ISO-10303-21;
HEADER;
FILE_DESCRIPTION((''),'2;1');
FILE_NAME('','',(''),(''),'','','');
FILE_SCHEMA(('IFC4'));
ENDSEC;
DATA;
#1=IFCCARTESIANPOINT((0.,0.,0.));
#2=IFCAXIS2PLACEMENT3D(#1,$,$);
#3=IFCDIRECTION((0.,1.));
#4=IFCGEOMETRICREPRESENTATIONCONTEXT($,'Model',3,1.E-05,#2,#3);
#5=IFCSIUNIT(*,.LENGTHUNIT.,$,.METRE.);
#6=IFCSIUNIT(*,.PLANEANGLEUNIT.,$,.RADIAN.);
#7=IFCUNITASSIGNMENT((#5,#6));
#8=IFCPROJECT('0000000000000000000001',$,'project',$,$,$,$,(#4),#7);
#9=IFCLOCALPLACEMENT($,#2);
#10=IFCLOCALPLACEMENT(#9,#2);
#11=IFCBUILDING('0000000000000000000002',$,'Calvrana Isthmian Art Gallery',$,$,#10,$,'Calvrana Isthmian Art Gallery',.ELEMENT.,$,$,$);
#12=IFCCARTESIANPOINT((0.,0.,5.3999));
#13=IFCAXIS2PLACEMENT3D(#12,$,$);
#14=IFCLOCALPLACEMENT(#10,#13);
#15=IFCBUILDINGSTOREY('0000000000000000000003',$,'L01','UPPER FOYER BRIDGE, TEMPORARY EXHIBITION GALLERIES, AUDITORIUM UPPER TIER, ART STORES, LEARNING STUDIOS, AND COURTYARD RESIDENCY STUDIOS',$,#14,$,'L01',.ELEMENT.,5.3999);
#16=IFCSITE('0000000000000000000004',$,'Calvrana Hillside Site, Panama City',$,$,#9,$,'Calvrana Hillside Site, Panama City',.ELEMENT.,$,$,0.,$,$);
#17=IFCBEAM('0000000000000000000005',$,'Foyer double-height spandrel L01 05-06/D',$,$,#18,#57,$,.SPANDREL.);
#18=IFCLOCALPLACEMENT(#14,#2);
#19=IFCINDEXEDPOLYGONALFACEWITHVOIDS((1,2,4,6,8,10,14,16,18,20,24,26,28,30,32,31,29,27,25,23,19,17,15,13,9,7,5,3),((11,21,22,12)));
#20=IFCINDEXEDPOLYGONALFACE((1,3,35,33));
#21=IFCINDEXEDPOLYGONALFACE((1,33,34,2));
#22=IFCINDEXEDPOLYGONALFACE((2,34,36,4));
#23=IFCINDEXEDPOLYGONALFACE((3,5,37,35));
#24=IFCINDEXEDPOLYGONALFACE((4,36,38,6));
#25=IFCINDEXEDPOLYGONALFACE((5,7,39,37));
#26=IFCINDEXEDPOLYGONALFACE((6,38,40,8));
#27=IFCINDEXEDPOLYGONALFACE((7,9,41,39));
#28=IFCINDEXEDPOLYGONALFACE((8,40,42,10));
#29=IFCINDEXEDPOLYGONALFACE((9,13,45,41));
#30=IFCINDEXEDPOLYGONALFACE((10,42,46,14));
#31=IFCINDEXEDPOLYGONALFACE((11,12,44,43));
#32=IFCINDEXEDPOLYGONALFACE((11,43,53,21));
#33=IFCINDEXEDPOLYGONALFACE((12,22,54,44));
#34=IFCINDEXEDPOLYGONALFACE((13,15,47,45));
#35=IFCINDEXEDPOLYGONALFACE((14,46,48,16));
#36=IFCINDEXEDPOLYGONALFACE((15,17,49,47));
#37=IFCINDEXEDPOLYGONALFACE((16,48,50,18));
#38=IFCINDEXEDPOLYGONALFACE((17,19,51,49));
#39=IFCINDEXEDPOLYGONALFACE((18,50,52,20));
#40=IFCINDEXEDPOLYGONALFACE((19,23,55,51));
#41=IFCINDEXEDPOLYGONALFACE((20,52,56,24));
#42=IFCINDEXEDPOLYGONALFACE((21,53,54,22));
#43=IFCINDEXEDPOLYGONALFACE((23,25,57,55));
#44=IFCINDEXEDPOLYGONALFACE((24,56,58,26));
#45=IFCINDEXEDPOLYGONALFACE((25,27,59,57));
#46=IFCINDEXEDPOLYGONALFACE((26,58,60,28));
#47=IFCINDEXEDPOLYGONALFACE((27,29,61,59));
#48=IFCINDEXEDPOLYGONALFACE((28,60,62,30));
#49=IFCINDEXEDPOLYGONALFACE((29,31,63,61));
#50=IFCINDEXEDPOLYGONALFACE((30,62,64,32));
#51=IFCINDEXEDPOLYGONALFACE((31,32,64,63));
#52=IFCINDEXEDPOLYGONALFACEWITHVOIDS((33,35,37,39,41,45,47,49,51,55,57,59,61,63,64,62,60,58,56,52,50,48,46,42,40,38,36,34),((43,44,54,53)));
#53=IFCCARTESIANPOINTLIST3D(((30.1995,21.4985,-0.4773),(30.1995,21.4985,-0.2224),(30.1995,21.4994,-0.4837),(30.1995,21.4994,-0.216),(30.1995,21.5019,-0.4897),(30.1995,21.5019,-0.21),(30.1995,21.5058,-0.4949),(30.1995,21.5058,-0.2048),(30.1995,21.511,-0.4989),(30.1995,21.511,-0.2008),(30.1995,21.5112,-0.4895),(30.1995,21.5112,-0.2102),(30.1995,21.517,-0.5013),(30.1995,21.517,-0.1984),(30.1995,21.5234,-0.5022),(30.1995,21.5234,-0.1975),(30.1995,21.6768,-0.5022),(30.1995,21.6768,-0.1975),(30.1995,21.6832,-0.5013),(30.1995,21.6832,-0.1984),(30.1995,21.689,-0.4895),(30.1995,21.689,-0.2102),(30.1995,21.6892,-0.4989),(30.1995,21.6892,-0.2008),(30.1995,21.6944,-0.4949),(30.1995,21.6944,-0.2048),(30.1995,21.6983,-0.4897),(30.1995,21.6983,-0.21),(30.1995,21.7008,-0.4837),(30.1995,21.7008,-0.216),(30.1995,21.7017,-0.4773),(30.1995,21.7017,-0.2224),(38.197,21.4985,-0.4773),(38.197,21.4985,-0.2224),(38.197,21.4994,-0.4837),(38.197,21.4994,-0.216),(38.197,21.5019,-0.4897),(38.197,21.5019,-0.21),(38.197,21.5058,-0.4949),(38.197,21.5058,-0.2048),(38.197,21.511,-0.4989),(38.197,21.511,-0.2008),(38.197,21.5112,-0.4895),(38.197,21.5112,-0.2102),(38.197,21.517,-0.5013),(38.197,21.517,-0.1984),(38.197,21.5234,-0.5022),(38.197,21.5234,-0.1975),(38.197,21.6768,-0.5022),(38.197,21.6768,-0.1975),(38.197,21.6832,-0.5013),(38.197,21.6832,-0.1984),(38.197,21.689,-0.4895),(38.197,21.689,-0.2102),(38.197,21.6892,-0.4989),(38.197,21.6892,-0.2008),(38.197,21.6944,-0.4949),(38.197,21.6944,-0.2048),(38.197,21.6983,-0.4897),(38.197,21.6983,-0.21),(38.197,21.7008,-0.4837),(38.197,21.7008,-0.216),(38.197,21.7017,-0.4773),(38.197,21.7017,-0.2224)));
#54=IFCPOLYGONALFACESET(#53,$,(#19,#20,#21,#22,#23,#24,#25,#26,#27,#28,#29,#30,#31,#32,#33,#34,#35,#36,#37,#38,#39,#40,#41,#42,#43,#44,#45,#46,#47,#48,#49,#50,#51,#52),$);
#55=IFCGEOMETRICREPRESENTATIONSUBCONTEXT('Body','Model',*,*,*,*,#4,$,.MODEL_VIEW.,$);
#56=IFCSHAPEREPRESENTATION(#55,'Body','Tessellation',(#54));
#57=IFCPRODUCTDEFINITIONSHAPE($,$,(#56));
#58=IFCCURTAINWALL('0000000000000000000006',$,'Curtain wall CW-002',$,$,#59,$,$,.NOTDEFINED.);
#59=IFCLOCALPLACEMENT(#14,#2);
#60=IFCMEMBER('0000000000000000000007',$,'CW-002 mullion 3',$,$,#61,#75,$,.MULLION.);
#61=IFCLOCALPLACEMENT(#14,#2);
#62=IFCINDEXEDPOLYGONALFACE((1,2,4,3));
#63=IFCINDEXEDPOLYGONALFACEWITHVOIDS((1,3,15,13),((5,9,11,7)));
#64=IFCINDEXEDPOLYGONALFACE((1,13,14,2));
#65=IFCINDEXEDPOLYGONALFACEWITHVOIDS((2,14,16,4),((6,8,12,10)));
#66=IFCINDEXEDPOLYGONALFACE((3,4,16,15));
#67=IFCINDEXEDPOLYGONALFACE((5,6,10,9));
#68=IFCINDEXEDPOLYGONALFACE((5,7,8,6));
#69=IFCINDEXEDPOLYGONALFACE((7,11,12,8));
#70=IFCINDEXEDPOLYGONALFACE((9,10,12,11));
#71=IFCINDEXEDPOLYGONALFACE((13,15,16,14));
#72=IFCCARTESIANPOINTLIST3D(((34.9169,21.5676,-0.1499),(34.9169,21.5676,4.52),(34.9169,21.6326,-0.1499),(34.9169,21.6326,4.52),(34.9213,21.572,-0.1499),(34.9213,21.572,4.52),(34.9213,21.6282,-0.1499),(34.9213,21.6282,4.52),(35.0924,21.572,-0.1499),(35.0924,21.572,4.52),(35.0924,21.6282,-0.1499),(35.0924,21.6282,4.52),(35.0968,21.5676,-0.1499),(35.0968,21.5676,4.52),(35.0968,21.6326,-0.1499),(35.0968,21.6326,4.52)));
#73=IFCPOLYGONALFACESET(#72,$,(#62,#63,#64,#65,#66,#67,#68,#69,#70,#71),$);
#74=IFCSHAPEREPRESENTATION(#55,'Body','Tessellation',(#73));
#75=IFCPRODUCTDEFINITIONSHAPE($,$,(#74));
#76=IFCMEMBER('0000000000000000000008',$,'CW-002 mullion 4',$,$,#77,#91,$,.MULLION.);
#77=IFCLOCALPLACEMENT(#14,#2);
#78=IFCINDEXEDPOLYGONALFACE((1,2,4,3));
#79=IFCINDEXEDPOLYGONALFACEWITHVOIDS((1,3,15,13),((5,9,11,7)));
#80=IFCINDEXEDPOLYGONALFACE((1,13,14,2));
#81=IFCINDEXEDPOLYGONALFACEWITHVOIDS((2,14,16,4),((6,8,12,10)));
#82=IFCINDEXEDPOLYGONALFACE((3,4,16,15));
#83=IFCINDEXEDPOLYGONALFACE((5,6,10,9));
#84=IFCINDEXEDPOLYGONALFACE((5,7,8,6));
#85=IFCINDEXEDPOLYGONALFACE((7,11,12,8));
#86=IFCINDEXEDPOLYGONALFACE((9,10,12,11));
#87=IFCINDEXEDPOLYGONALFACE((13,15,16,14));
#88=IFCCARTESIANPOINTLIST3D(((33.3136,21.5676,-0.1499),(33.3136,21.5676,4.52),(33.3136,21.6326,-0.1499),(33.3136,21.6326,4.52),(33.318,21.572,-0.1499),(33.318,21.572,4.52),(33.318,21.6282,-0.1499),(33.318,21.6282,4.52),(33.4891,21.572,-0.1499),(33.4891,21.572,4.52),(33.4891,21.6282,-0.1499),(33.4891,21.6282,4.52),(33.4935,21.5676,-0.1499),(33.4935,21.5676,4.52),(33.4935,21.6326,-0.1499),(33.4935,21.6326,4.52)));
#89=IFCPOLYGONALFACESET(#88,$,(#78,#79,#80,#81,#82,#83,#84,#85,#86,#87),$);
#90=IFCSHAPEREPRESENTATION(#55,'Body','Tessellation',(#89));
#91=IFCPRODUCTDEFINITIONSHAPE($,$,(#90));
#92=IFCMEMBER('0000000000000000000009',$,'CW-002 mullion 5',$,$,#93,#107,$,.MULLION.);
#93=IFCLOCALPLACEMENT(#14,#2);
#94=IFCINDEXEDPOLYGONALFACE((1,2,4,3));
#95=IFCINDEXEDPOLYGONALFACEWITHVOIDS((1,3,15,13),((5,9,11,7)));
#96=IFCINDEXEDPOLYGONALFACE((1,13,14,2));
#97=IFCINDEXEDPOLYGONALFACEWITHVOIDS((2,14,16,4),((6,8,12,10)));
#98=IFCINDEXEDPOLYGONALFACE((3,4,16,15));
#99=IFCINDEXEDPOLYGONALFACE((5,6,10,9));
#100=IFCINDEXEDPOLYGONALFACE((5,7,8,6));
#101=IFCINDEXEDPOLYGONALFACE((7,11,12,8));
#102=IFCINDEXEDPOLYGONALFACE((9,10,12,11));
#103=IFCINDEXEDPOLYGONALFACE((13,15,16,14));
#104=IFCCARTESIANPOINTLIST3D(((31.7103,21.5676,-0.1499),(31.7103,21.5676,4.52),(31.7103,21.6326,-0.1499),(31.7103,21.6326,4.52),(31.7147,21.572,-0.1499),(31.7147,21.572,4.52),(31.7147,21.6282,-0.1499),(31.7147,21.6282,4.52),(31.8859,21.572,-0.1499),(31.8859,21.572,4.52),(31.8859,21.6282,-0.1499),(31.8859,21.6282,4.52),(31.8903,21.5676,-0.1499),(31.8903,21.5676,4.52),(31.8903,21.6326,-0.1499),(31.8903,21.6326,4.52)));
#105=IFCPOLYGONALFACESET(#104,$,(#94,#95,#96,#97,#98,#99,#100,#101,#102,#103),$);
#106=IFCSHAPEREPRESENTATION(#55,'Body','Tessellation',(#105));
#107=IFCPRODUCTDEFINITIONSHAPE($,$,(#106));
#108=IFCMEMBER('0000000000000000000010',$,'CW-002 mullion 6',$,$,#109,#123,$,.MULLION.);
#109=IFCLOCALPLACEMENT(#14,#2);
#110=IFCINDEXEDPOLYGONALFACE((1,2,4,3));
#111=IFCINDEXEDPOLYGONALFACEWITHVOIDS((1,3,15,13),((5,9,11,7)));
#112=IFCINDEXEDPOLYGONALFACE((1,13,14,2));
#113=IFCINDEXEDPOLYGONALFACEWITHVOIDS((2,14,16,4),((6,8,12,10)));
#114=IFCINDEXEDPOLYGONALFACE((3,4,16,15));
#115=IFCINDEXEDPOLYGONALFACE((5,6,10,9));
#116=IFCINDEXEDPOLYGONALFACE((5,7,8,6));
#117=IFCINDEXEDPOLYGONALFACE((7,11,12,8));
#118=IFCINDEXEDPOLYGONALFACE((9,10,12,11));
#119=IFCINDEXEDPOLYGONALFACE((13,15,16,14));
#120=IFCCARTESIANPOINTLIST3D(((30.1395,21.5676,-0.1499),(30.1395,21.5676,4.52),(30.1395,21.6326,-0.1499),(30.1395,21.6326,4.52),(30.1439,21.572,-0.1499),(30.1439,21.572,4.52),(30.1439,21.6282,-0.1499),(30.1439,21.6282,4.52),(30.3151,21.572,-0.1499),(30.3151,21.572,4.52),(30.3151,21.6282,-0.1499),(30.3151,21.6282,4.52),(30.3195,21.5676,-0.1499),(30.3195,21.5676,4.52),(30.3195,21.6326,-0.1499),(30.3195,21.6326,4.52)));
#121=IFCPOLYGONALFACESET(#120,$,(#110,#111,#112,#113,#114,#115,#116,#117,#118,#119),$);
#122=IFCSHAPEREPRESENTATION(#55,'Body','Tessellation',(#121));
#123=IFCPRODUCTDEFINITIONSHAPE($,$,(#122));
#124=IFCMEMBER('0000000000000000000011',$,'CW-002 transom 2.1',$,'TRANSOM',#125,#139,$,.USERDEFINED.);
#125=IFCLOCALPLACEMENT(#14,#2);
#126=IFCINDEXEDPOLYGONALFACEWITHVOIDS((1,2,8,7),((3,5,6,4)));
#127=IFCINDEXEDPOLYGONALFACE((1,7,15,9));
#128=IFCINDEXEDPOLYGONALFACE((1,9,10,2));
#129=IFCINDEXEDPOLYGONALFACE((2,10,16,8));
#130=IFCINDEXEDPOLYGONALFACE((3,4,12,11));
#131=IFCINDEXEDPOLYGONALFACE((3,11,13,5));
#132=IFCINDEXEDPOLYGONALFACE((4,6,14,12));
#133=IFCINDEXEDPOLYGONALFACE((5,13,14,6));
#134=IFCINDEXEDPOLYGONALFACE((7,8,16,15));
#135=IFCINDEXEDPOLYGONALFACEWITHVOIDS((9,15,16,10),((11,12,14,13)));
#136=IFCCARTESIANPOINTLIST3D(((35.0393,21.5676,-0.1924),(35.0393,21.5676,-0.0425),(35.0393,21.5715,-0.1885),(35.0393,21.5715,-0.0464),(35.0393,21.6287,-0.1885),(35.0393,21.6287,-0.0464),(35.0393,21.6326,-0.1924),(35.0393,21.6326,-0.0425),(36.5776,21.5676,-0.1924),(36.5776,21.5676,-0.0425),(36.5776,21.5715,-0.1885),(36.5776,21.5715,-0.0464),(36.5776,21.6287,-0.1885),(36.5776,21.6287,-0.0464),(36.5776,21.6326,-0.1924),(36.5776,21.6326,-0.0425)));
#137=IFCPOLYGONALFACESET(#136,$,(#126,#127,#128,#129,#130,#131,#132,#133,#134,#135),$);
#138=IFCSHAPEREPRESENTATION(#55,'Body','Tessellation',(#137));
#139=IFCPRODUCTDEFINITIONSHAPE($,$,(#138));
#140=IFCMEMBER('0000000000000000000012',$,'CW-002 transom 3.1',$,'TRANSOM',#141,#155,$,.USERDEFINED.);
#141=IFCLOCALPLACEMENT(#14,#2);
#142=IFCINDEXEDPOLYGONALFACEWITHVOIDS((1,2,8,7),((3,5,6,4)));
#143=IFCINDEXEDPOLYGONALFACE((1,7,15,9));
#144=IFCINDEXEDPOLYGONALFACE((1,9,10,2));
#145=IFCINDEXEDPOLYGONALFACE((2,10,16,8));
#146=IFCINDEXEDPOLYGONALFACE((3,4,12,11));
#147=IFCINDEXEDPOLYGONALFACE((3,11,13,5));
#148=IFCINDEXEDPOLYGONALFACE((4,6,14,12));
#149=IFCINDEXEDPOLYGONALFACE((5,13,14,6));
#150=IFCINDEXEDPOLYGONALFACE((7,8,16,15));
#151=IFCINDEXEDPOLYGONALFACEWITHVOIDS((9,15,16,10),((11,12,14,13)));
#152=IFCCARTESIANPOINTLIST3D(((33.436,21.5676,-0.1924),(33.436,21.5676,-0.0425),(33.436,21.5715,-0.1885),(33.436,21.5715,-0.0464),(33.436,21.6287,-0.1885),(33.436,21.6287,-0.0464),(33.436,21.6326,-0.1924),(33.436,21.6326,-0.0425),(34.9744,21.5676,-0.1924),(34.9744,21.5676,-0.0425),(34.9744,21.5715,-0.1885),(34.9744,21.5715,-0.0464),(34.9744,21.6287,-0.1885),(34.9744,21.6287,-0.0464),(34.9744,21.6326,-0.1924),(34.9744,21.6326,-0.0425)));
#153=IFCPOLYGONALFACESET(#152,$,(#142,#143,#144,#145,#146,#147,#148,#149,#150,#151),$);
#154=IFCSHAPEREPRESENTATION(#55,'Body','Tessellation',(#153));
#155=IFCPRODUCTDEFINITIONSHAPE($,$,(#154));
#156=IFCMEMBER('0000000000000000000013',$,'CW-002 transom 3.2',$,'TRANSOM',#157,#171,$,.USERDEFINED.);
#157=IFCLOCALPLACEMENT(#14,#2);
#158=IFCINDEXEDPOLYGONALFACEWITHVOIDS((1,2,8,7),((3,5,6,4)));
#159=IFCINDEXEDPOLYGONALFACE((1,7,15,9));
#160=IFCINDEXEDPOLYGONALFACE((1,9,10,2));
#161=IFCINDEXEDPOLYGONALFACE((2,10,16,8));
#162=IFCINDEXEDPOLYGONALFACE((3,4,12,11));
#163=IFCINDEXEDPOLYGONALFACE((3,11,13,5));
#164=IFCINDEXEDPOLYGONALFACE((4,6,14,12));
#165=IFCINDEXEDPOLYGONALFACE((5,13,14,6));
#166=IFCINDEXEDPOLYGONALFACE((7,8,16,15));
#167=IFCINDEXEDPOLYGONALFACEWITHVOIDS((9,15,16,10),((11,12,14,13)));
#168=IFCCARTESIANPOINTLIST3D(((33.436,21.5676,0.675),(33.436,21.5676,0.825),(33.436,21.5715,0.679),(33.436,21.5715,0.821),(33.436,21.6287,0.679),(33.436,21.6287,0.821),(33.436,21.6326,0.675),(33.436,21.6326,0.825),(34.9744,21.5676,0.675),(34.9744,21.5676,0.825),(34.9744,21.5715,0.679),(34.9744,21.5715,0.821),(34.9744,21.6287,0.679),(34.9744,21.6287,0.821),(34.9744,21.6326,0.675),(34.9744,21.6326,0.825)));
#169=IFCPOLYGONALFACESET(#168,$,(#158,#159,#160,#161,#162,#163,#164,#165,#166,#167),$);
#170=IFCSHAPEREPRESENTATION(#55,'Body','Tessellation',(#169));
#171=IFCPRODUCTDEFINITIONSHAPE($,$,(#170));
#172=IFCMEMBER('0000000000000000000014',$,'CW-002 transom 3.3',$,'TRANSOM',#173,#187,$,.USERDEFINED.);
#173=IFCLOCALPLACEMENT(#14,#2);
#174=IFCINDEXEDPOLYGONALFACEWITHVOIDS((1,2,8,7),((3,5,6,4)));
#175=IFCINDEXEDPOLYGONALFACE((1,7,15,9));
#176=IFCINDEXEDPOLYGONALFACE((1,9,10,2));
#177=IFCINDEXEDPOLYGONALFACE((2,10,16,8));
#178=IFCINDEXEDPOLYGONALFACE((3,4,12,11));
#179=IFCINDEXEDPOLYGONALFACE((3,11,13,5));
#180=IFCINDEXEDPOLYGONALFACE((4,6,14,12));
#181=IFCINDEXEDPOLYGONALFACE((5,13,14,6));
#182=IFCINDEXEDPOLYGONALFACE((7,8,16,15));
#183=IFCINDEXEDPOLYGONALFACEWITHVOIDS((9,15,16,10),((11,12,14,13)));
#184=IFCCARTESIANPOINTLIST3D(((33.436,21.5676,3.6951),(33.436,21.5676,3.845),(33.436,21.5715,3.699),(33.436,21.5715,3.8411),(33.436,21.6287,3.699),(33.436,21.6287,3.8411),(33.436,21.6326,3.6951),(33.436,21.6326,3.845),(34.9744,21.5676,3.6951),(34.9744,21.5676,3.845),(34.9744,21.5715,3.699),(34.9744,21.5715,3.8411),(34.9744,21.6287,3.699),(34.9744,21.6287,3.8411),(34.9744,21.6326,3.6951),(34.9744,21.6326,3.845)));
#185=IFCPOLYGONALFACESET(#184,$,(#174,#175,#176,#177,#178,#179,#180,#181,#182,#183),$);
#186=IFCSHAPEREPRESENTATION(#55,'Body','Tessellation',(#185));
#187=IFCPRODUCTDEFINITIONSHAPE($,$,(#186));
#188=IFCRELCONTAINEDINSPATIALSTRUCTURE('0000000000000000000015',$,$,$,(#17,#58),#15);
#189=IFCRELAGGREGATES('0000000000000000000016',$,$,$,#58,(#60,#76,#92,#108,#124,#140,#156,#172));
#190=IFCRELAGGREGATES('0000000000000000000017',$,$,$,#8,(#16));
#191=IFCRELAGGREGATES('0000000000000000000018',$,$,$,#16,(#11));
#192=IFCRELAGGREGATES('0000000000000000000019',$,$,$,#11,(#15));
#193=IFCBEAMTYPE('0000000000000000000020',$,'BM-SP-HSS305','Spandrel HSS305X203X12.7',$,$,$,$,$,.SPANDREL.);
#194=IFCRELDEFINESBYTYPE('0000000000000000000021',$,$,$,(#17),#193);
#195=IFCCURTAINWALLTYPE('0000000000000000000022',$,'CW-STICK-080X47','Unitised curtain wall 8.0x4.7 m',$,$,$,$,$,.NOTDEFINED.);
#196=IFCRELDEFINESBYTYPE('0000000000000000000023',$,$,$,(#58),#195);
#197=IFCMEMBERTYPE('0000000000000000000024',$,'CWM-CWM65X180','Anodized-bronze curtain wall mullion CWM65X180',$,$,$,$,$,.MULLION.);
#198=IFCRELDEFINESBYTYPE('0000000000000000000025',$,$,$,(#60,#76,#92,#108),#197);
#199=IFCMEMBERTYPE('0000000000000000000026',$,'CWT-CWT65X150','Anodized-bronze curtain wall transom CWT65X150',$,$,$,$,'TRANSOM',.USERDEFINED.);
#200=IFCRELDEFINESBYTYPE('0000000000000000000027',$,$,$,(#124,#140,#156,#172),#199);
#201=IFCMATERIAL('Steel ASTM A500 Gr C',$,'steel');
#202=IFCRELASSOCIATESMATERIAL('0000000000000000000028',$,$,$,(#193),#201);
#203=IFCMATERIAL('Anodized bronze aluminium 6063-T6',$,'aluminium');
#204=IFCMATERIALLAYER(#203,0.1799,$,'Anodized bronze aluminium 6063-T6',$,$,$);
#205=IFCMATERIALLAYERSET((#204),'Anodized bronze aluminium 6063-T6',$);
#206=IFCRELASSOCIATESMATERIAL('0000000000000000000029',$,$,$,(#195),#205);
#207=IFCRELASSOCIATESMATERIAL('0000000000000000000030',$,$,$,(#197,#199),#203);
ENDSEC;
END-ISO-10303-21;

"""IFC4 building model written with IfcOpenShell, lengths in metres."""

from ifc_helpers import new_model, si_unit, direction, frame, origin, origin_2d, place, context, subcontext, project, spatial, hollow_rectangle, extrude, material, layer, layer_set, material_profile, profile_set, type_object, element, aggregate, save


model = new_model("IFC4")

# Units and contexts
model_context = context("Model", 3, precision=1e-05, world=origin(), true_north=direction((0.0, 1.0)))
body_context = subcontext(model_context, "Body", "Model", "MODEL_VIEW")
ifc_project = project(units=[si_unit("LENGTHUNIT", "METRE"), si_unit("PLANEANGLEUNIT", "RADIAN")], contexts=[model_context])

# Site, building, storey
site_placement = place(None, origin())
site = spatial("IfcSite", under=ifc_project, at=site_placement, Name="Calvrana Hillside Site, Panama City", LongName="Calvrana Hillside Site, Panama City", CompositionType="ELEMENT", RefElevation=0.0)
building_placement = place(site_placement, origin())
building = spatial("IfcBuilding", under=site, at=building_placement, Name="Calvrana Isthmian Art Gallery", LongName="Calvrana Isthmian Art Gallery", CompositionType="ELEMENT")
storey_placement = place(building_placement, frame((0.0, 0.0, 5.3999)))
storey = spatial("IfcBuildingStorey", under=building, at=storey_placement, Name="L01", Description="UPPER FOYER BRIDGE, TEMPORARY EXHIBITION GALLERIES, AUDITORIUM UPPER TIER, ART STORES, LEARNING STUDIOS, AND COURTYARD RESIDENCY STUDIOS", LongName="L01", CompositionType="ELEMENT", Elevation=5.3999)

# Beam
ifc_material_1 = material(Name="Steel ASTM A500 Gr C", Category="steel")
ifc_material_profile_1 = material_profile(ifc_material_1, hollow_rectangle(XDim=0.2031, YDim=0.3047, WallThickness=0.0127, OuterFilletRadius=0.0249, at=origin_2d()), Name="HSS305X203X12.7")
ifc_profile_set_1 = profile_set([ifc_material_profile_1], Name="Steel ASTM A500 Gr C")
beam_type = type_object("IfcBeamType", Name="BM-SP-HSS305", Description="Spandrel HSS305X203X12.7", PredefinedType="SPANDREL", material=ifc_profile_set_1)
beam_placement = place(storey_placement, frame((30.1995, 21.6001, -0.3499), z_axis=(1.0, 0.0, 0.0), x_axis=(0.0, 1.0, 0.0)))
element("IfcBeam", 1, at=beam_placement, inside=storey, type_object=beam_type, Name="Foyer double-height spandrel L01 05-06/D", PredefinedType="SPANDREL", context=body_context, shape_type="SweptSolid", body=[
    extrude(hollow_rectangle(XDim=0.2031, YDim=0.3047, WallThickness=0.0127, OuterFilletRadius=0.0249, at=origin_2d()), origin(), (0.0, 0.0, 1.0), 7.9976),
])

# Curtain wall, members
ifc_material_2 = material(Name="Anodized bronze aluminium 6063-T6", Category="aluminium")
ifc_layer_1 = layer(ifc_material_2, 0.1799, Name="Anodized bronze aluminium 6063-T6")
ifc_layer_set_1 = layer_set([ifc_layer_1], Name="Anodized bronze aluminium 6063-T6")
curtain_wall_type = type_object("IfcCurtainWallType", Name="CW-STICK-080X47", Description="Unitised curtain wall 8.0x4.7 m", PredefinedType="NOTDEFINED", material=ifc_layer_set_1)
curtain_wall_placement = place(storey_placement, origin())
curtain_wall = element("IfcCurtainWall", 2, at=curtain_wall_placement, inside=storey, type_object=curtain_wall_type, Name="Curtain wall CW-002", PredefinedType="NOTDEFINED")
ifc_material_profile_2 = material_profile(ifc_material_2, hollow_rectangle(XDim=0.0649, YDim=0.1799, WallThickness=0.0044, at=origin_2d()), Name="CWM65X180")
ifc_profile_set_2 = profile_set([ifc_material_profile_2], Name="Anodized bronze aluminium 6063-T6")
member_type_1 = type_object("IfcMemberType", Name="CWM-CWM65X180", Description="Anodized-bronze curtain wall mullion CWM65X180", PredefinedType="MULLION", material=ifc_profile_set_2)
member_1_placement = place(storey_placement, frame((35.0068, 21.6001, -0.1499), z_axis=(0.0, 0.0, 1.0), x_axis=(0.0, -1.0, 0.0)))
member_1 = element("IfcMember", 3, at=member_1_placement, type_object=member_type_1, Name="CW-002 mullion 3", PredefinedType="MULLION", context=body_context, shape_type="SweptSolid", body=[
    extrude(hollow_rectangle(XDim=0.0649, YDim=0.1799, WallThickness=0.0044, at=origin_2d()), origin(), (0.0, 0.0, 1.0), 4.6699),
])
member_2_placement = place(storey_placement, frame((33.4036, 21.6001, -0.1499), z_axis=(0.0, 0.0, 1.0), x_axis=(0.0, -1.0, 0.0)))
member_2 = element("IfcMember", 4, at=member_2_placement, type_object=member_type_1, Name="CW-002 mullion 4", PredefinedType="MULLION", context=body_context, shape_type="SweptSolid", body=[
    extrude(hollow_rectangle(XDim=0.0649, YDim=0.1799, WallThickness=0.0044, at=origin_2d()), origin(), (0.0, 0.0, 1.0), 4.6699),
])
member_3_placement = place(storey_placement, frame((31.8003, 21.6001, -0.1499), z_axis=(0.0, 0.0, 1.0), x_axis=(0.0, -1.0, 0.0)))
member_3 = element("IfcMember", 5, at=member_3_placement, type_object=member_type_1, Name="CW-002 mullion 5", PredefinedType="MULLION", context=body_context, shape_type="SweptSolid", body=[
    extrude(hollow_rectangle(XDim=0.0649, YDim=0.1799, WallThickness=0.0044, at=origin_2d()), origin(), (0.0, 0.0, 1.0), 4.6699),
])
member_4_placement = place(storey_placement, frame((30.2295, 21.6001, -0.1499), z_axis=(0.0, 0.0, 1.0), x_axis=(0.0, -1.0, 0.0)))
member_4 = element("IfcMember", 6, at=member_4_placement, type_object=member_type_1, Name="CW-002 mullion 6", PredefinedType="MULLION", context=body_context, shape_type="SweptSolid", body=[
    extrude(hollow_rectangle(XDim=0.0649, YDim=0.1799, WallThickness=0.0044, at=origin_2d()), origin(), (0.0, 0.0, 1.0), 4.6699),
])
ifc_material_profile_3 = material_profile(ifc_material_2, hollow_rectangle(XDim=0.0649, YDim=0.1499, WallThickness=0.0039, at=origin_2d()), Name="CWT65X150")
ifc_profile_set_3 = profile_set([ifc_material_profile_3], Name="Anodized bronze aluminium 6063-T6")
member_type_2 = type_object("IfcMemberType", Name="CWT-CWT65X150", Description="Anodized-bronze curtain wall transom CWT65X150", ElementType="TRANSOM", PredefinedType="USERDEFINED", material=ifc_profile_set_3)
member_5_placement = place(storey_placement, frame((36.5776, 21.6001, -0.1174), z_axis=(-1.0, 0.0, 0.0), x_axis=(0.0, -1.0, 0.0)))
member_5 = element("IfcMember", 7, at=member_5_placement, type_object=member_type_2, Name="CW-002 transom 2.1", ObjectType="TRANSOM", PredefinedType="USERDEFINED", context=body_context, shape_type="SweptSolid", body=[
    extrude(hollow_rectangle(XDim=0.0649, YDim=0.1499, WallThickness=0.0039, at=origin_2d()), origin(), (0.0, 0.0, 1.0), 1.5383),
])
member_6_placement = place(storey_placement, frame((34.9744, 21.6001, -0.1174), z_axis=(-1.0, 0.0, 0.0), x_axis=(0.0, -1.0, 0.0)))
member_6 = element("IfcMember", 8, at=member_6_placement, type_object=member_type_2, Name="CW-002 transom 3.1", ObjectType="TRANSOM", PredefinedType="USERDEFINED", context=body_context, shape_type="SweptSolid", body=[
    extrude(hollow_rectangle(XDim=0.0649, YDim=0.1499, WallThickness=0.0039, at=origin_2d()), origin(), (0.0, 0.0, 1.0), 1.5383),
])
member_7_placement = place(storey_placement, frame((34.9744, 21.6001, 0.75), z_axis=(-1.0, 0.0, 0.0), x_axis=(0.0, -1.0, 0.0)))
member_7 = element("IfcMember", 9, at=member_7_placement, type_object=member_type_2, Name="CW-002 transom 3.2", ObjectType="TRANSOM", PredefinedType="USERDEFINED", context=body_context, shape_type="SweptSolid", body=[
    extrude(hollow_rectangle(XDim=0.0649, YDim=0.1499, WallThickness=0.0039, at=origin_2d()), origin(), (0.0, 0.0, 1.0), 1.5383),
])
member_8_placement = place(storey_placement, frame((34.9744, 21.6001, 3.77), z_axis=(-1.0, 0.0, 0.0), x_axis=(0.0, -1.0, 0.0)))
member_8 = element("IfcMember", 10, at=member_8_placement, type_object=member_type_2, Name="CW-002 transom 3.3", ObjectType="TRANSOM", PredefinedType="USERDEFINED", context=body_context, shape_type="SweptSolid", body=[
    extrude(hollow_rectangle(XDim=0.0649, YDim=0.1499, WallThickness=0.0039, at=origin_2d()), origin(), (0.0, 0.0, 1.0), 1.5383),
])
aggregate(curtain_wall, [member_1, member_2, member_3, member_4, member_5, member_6, member_7, member_8])

save(model, "model.ifc")
